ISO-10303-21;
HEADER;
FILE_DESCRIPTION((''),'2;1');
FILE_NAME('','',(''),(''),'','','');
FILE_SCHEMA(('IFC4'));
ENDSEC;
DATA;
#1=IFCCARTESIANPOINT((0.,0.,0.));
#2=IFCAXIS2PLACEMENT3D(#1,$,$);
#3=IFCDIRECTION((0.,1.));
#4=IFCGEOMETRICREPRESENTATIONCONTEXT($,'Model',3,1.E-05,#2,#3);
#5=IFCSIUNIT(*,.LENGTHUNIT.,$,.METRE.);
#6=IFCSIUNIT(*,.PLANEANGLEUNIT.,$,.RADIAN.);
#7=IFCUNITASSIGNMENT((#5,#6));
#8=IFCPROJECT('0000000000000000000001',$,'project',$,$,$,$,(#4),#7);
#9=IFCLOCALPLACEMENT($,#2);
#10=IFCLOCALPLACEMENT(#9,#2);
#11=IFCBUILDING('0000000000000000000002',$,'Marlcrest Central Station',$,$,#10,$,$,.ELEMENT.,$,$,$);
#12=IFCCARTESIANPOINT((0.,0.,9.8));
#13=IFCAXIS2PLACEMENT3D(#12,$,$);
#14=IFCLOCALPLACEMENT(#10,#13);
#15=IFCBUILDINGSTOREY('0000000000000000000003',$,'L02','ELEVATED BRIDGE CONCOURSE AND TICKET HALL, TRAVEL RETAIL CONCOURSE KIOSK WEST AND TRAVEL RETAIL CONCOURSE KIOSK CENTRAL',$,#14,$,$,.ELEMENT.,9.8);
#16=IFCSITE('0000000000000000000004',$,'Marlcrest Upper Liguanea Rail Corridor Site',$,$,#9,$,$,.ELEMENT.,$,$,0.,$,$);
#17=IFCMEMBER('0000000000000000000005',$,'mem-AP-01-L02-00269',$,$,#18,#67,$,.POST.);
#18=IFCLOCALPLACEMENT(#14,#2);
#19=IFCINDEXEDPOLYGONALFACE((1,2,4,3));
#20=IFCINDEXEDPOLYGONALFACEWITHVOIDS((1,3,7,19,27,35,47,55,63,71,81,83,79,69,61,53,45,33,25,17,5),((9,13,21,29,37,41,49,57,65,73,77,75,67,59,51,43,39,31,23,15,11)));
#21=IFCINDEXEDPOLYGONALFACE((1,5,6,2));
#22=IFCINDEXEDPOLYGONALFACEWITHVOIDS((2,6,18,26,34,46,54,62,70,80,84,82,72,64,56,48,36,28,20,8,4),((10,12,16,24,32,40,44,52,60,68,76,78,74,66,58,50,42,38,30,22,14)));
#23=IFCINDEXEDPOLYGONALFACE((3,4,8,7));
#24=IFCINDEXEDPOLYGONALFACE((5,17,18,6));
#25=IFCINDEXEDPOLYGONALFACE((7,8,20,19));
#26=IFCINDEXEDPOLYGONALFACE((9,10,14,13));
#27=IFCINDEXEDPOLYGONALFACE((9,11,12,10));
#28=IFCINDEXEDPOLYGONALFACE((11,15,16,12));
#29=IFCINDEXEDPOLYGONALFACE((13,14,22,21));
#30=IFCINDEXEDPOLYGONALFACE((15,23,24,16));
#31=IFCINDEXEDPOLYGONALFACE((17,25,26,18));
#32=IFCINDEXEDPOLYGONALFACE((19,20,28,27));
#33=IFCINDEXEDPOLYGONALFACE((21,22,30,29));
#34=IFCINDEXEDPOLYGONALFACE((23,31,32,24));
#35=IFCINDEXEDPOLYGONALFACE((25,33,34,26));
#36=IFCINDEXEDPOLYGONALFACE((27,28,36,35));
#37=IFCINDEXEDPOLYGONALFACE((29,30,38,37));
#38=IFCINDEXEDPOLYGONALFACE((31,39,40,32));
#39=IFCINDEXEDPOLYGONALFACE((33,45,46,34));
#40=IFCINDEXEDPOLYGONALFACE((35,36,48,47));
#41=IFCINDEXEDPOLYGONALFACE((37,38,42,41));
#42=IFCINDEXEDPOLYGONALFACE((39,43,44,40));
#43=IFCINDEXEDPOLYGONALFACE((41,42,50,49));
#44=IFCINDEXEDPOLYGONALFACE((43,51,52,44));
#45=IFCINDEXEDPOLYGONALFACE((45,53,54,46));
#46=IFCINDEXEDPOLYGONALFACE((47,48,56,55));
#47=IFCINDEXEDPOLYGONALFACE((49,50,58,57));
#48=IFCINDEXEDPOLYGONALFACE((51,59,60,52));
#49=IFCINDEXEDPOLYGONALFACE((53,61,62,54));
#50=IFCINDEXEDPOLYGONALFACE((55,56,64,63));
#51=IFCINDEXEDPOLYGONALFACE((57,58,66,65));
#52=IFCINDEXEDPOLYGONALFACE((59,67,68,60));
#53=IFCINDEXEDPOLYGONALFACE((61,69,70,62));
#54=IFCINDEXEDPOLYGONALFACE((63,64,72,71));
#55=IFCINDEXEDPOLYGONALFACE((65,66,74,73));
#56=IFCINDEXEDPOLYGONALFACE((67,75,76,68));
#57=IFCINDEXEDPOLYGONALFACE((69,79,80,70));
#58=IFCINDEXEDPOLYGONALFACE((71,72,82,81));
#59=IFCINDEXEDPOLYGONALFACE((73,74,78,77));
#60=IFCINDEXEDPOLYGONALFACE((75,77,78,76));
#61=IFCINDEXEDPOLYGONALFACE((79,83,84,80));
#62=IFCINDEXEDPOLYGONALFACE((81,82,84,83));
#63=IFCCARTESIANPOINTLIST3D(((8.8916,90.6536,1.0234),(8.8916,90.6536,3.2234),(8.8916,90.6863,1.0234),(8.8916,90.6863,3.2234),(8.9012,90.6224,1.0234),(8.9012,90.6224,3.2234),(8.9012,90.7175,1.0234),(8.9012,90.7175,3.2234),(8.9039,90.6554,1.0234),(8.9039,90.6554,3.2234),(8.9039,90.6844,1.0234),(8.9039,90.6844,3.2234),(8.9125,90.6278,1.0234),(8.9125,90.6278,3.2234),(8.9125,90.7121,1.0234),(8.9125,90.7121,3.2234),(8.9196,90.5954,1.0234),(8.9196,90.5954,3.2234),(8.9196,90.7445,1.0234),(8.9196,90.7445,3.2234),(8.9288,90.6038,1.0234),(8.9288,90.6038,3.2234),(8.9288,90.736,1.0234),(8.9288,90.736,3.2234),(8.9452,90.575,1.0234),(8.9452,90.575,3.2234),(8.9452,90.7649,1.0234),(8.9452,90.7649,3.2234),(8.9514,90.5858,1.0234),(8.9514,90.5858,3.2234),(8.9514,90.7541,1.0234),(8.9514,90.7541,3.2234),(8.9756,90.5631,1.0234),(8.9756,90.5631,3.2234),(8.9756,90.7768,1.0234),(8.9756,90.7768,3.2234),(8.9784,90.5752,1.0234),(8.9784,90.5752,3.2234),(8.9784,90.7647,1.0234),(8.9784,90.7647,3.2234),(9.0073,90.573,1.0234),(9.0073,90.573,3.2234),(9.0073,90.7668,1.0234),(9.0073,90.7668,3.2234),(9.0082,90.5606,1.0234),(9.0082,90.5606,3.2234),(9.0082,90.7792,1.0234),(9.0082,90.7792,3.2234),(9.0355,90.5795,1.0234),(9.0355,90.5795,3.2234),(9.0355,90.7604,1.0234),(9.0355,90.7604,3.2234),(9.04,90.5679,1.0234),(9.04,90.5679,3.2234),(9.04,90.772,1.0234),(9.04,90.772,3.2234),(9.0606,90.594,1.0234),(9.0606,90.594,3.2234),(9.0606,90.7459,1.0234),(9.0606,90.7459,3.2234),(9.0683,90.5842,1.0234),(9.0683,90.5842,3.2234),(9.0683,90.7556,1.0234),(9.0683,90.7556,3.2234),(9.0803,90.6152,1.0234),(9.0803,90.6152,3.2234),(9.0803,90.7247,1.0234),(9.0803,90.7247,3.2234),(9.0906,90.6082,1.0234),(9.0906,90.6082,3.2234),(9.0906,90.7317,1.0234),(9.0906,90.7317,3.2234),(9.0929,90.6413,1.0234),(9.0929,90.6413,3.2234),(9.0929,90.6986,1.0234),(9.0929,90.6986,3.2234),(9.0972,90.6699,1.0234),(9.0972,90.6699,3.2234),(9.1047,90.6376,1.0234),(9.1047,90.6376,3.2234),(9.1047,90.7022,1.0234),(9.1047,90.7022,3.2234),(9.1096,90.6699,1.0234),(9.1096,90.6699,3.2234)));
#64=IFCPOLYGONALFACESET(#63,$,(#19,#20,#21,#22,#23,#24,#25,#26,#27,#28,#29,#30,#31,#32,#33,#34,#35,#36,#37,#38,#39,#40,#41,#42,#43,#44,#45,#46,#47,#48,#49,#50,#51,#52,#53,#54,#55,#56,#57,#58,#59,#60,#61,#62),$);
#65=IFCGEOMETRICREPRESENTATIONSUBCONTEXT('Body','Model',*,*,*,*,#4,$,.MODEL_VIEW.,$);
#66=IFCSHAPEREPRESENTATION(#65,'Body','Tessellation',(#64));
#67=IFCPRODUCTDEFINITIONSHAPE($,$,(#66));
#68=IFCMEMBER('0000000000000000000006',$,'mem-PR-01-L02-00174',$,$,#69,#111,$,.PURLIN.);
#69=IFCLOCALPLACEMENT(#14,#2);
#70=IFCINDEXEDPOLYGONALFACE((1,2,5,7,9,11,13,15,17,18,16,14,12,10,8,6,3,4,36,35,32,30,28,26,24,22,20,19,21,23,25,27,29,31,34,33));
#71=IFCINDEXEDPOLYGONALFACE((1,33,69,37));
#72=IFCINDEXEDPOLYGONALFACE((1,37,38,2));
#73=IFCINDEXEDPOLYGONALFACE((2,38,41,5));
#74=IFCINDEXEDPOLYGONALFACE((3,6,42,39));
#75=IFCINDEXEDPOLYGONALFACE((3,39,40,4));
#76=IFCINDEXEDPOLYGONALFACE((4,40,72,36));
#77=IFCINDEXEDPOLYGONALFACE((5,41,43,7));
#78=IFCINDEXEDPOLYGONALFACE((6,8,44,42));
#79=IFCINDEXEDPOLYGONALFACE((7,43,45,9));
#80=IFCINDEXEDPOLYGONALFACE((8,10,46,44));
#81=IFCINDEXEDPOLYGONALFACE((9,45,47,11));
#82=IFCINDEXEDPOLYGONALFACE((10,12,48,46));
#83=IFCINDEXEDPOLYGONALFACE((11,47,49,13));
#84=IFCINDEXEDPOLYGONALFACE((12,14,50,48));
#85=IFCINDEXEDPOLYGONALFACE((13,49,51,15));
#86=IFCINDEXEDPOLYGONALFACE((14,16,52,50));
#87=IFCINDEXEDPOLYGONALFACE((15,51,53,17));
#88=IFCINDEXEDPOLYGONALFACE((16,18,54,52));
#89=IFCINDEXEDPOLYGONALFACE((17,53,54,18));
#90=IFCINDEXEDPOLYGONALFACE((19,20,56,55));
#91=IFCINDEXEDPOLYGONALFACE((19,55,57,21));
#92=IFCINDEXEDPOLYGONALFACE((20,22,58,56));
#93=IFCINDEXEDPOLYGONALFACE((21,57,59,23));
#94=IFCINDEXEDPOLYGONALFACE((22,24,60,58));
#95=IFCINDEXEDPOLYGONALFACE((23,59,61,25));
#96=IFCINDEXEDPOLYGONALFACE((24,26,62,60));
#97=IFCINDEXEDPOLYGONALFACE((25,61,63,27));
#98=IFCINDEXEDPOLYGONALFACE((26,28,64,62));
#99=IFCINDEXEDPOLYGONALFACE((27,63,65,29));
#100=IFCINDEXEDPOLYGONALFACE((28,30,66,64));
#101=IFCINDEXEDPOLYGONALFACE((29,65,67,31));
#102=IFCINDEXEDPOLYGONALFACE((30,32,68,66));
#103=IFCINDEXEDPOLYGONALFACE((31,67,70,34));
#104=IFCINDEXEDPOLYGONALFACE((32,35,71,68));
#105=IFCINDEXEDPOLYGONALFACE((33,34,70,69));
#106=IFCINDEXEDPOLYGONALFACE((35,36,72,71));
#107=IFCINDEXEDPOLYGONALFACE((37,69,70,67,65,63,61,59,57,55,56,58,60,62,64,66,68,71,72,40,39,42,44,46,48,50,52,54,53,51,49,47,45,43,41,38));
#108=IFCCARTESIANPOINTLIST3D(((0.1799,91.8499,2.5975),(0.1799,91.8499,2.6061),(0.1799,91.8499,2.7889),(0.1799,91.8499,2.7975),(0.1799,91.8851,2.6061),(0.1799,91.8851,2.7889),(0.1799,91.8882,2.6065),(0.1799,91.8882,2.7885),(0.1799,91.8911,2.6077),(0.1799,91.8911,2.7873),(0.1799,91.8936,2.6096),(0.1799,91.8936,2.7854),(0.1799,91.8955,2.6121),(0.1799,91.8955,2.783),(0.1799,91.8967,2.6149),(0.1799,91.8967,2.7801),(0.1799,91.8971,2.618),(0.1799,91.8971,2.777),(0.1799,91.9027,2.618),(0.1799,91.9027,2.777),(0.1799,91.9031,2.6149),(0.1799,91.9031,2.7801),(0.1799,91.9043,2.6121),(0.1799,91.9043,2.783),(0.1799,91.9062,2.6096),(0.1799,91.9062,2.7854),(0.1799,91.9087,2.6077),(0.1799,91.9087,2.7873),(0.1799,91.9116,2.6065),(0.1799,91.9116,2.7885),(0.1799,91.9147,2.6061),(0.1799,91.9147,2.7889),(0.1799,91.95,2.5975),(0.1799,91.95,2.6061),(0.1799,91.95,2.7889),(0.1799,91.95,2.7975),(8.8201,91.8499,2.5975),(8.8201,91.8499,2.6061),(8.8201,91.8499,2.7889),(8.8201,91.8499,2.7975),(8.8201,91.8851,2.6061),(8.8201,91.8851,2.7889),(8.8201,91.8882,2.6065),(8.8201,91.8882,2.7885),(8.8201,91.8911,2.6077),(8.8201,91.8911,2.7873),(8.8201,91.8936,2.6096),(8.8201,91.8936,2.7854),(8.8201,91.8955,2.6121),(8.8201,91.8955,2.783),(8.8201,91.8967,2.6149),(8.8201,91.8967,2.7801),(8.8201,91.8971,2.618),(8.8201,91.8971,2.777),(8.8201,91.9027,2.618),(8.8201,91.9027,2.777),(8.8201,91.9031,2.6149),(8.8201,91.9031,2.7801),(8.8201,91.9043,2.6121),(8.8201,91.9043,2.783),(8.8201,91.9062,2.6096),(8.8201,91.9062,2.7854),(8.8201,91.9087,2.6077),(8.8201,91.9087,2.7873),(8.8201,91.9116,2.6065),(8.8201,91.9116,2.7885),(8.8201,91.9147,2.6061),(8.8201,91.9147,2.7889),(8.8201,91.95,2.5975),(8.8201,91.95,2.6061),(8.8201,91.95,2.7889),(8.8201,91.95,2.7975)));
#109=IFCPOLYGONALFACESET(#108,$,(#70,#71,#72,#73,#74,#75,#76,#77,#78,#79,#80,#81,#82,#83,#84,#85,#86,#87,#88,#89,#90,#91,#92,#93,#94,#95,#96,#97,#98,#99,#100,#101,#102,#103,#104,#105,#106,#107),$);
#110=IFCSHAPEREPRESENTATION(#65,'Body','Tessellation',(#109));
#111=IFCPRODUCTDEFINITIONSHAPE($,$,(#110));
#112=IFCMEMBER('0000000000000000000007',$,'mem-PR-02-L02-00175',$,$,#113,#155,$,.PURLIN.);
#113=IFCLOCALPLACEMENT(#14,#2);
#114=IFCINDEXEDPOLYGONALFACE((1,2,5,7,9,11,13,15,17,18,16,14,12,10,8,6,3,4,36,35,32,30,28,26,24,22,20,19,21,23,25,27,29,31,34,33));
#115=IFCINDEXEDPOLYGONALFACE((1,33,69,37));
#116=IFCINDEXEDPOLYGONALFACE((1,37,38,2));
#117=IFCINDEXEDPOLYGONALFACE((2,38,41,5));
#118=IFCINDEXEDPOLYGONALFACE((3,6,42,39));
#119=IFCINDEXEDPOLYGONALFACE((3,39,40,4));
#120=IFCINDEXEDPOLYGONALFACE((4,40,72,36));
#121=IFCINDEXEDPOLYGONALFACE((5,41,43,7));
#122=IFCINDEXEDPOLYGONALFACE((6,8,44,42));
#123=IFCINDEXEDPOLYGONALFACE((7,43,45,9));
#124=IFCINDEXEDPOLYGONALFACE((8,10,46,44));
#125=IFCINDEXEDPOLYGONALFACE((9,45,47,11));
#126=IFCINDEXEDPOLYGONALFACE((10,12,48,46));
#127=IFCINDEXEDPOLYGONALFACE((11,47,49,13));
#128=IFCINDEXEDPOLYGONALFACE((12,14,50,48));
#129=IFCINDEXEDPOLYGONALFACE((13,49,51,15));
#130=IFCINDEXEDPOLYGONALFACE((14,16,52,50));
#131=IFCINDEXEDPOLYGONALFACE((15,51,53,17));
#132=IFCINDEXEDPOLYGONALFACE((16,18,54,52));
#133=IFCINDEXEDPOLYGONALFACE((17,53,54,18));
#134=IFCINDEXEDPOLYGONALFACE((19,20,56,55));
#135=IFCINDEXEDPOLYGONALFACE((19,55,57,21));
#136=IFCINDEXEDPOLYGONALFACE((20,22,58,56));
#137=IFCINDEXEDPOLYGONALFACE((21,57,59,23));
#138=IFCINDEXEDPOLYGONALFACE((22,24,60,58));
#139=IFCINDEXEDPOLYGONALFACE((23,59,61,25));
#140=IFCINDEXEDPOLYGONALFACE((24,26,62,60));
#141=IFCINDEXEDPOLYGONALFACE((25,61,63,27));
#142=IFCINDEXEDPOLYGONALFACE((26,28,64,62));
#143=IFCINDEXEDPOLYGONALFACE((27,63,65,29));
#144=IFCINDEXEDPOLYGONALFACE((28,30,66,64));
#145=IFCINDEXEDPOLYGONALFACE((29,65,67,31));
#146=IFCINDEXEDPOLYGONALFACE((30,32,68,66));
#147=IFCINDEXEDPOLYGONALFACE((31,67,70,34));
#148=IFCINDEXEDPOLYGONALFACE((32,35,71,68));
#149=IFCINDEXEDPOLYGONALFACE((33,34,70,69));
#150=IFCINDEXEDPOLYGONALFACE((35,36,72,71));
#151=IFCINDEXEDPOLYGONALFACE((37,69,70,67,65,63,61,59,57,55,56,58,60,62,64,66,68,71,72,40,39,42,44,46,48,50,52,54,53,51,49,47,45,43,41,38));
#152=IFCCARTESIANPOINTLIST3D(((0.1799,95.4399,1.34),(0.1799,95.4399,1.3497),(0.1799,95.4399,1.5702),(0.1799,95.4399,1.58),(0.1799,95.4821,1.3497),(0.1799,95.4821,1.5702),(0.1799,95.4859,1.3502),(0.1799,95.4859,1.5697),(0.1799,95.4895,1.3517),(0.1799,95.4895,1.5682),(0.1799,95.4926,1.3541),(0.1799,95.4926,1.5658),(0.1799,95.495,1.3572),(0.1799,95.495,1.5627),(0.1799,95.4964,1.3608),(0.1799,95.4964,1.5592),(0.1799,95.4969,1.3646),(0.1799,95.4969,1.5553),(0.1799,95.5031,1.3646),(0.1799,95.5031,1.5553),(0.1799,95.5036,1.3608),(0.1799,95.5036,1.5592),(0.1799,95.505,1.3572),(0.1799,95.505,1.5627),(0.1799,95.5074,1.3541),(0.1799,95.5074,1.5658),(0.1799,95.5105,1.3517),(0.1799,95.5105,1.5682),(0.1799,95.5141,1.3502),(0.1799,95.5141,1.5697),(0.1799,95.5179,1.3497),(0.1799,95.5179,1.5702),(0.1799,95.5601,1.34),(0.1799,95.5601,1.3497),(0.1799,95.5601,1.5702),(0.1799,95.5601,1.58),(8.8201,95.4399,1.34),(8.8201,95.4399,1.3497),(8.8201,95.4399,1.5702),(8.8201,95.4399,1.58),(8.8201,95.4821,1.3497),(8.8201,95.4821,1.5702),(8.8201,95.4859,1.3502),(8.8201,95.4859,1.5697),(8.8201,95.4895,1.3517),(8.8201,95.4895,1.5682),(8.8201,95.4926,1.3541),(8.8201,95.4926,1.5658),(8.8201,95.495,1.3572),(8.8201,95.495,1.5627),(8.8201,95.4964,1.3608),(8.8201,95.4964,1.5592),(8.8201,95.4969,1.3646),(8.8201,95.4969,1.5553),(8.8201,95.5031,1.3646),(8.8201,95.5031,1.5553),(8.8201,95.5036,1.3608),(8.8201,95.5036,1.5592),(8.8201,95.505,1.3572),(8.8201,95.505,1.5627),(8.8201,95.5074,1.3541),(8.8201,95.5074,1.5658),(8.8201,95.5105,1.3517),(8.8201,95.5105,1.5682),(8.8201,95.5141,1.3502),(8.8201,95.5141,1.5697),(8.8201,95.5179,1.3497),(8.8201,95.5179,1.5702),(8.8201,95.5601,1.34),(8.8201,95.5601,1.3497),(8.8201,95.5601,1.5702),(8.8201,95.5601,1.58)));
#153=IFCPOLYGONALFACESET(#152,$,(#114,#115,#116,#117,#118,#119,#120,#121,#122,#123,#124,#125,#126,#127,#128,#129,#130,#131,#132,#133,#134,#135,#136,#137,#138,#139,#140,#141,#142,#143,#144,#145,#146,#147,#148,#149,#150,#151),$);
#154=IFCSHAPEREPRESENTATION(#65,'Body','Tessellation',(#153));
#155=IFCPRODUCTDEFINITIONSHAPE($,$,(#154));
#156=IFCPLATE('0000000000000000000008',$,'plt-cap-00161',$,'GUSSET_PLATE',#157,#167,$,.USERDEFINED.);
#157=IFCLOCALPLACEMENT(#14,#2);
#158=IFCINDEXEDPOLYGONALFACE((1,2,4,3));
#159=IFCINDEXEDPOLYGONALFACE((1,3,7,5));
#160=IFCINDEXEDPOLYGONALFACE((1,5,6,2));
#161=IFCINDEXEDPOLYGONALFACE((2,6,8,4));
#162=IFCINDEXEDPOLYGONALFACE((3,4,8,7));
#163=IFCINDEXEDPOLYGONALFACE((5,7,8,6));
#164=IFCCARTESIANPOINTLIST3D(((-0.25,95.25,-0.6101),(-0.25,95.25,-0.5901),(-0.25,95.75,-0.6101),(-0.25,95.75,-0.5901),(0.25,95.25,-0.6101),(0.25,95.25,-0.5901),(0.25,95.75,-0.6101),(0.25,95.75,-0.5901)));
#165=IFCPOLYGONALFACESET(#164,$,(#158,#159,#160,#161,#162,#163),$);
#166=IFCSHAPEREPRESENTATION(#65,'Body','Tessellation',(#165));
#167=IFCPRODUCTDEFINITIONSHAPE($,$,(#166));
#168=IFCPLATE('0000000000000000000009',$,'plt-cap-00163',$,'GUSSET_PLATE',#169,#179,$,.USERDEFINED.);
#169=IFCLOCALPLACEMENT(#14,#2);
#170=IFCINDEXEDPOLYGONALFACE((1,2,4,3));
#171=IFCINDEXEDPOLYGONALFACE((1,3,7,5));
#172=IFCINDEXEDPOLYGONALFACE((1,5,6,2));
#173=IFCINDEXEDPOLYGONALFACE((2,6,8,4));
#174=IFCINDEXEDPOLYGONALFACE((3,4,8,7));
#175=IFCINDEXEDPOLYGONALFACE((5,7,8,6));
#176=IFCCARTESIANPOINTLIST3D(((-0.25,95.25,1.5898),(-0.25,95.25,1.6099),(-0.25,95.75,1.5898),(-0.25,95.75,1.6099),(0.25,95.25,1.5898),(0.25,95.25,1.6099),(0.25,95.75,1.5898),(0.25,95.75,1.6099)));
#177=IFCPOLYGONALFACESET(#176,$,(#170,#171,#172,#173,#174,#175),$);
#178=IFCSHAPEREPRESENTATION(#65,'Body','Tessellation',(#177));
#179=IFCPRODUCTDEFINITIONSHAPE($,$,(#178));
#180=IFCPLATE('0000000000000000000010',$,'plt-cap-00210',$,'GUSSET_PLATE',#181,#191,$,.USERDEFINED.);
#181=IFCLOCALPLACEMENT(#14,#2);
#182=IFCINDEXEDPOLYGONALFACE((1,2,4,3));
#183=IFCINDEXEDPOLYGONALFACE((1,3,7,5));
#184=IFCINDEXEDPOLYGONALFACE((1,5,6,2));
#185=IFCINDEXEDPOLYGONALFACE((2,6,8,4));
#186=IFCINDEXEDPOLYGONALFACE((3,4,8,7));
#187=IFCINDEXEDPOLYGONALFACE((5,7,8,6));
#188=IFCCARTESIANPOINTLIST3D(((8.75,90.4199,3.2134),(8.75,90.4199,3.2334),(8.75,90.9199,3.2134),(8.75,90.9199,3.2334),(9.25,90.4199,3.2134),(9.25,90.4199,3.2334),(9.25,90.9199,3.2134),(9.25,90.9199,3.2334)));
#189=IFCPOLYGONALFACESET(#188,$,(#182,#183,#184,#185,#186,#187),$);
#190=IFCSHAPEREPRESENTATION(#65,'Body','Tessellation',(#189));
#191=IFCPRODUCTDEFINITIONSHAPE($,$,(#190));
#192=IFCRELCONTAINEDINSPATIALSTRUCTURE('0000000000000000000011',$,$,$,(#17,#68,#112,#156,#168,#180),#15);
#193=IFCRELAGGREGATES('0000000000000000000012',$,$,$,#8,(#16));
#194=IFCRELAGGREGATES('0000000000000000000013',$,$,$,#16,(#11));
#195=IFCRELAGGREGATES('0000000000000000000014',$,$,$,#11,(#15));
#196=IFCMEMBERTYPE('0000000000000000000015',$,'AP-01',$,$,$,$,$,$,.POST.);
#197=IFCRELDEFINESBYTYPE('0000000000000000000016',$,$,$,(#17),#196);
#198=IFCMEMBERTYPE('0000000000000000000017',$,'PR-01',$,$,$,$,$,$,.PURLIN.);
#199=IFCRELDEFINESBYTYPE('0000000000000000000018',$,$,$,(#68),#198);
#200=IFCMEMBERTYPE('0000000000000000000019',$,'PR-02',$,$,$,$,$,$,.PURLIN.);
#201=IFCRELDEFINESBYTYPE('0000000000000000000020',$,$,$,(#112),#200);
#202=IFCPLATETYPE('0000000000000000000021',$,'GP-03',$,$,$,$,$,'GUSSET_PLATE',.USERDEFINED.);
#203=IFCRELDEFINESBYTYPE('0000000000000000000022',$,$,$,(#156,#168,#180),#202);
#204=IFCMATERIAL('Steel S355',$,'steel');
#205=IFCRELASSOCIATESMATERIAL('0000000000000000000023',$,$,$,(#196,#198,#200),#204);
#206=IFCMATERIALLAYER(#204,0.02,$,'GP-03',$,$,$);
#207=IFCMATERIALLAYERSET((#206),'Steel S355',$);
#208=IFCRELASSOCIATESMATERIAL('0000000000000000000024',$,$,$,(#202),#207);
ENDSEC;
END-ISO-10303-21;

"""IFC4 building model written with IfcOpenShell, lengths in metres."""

from ifc_helpers import new_model, si_unit, direction, frame, origin, origin_2d, place, context, subcontext, project, spatial, rectangle, hollow_circle, i_section, extrude, material, layer, layer_set, material_profile, profile_set, type_object, element, save


model = new_model("IFC4")

# Units and contexts
model_context = context("Model", 3, precision=1e-05, world=origin(), true_north=direction((0.0, 1.0)))
body_context = subcontext(model_context, "Body", "Model", "MODEL_VIEW")
ifc_project = project(units=[si_unit("LENGTHUNIT", "METRE"), si_unit("PLANEANGLEUNIT", "RADIAN")], contexts=[model_context])

# Site, building, storey
site_placement = place(None, origin())
site = spatial("IfcSite", under=ifc_project, at=site_placement, Name="Marlcrest Upper Liguanea Rail Corridor Site", CompositionType="ELEMENT", RefElevation=0.0)
building_placement = place(site_placement, origin())
building = spatial("IfcBuilding", under=site, at=building_placement, Name="Marlcrest Central Station", CompositionType="ELEMENT")
storey_placement = place(building_placement, frame((0.0, 0.0, 9.8)))
storey = spatial("IfcBuildingStorey", under=building, at=storey_placement, Name="L02", Description="ELEVATED BRIDGE CONCOURSE AND TICKET HALL, TRAVEL RETAIL CONCOURSE KIOSK WEST AND TRAVEL RETAIL CONCOURSE KIOSK CENTRAL", CompositionType="ELEMENT", Elevation=9.8)

# Members
ifc_material_1 = material(Name="Steel S355", Category="steel")
ifc_material_profile_1 = material_profile(ifc_material_1, hollow_circle(Radius=0.1096, WallThickness=0.0125, at=origin_2d()), Name="CHS 219.1x12.5")
ifc_profile_set_1 = profile_set([ifc_material_profile_1], Name="Steel S355")
member_type_1 = type_object("IfcMemberType", Name="AP-01", PredefinedType="POST", material=ifc_profile_set_1)
for number, where, z_axis, x_axis, name in (
    (1, (9.0, 90.6699, 1.0234), (0.0, 0.0, 1.0), (1.0, 0.0, 0.0), "mem-AP-01-L02-00269"),
):
    element("IfcMember", number, at=place(storey_placement, frame(where, z_axis=z_axis, x_axis=x_axis)), inside=storey, type_object=member_type_1, Name=name, PredefinedType="POST", context=body_context, shape_type="SweptSolid", body=[
        extrude(hollow_circle(Radius=0.1096, WallThickness=0.0125, at=origin_2d()), origin(), (0.0, 0.0, 1.0), 2.2),
    ])
ifc_material_profile_2 = material_profile(ifc_material_1, i_section(OverallWidth=0.1001, OverallDepth=0.2, WebThickness=0.0056, FlangeThickness=0.0085, FilletRadius=0.012, at=origin_2d()), Name="IPE 200")
ifc_profile_set_2 = profile_set([ifc_material_profile_2], Name="Steel S355")
member_type_2 = type_object("IfcMemberType", Name="PR-01", PredefinedType="PURLIN", material=ifc_profile_set_2)
member_1_placement = place(storey_placement, frame((0.1799, 91.8999, 2.6975), z_axis=(1.0, 0.0, 0.0), x_axis=(0.0, 1.0, 0.0)))
element("IfcMember", 2, at=member_1_placement, inside=storey, type_object=member_type_2, Name="mem-PR-01-L02-00174", PredefinedType="PURLIN", context=body_context, shape_type="SweptSolid", body=[
    extrude(i_section(OverallWidth=0.1001, OverallDepth=0.2, WebThickness=0.0056, FlangeThickness=0.0085, FilletRadius=0.012, at=origin_2d()), origin(), (0.0, 0.0, 1.0), 8.6401),
])
ifc_material_profile_3 = material_profile(ifc_material_1, i_section(OverallWidth=0.1201, OverallDepth=0.24, WebThickness=0.0061, FlangeThickness=0.0098, FilletRadius=0.0149, at=origin_2d()), Name="IPE 240")
ifc_profile_set_3 = profile_set([ifc_material_profile_3], Name="Steel S355")
member_type_3 = type_object("IfcMemberType", Name="PR-02", PredefinedType="PURLIN", material=ifc_profile_set_3)
member_2_placement = place(storey_placement, frame((0.1799, 95.5, 1.46), z_axis=(1.0, 0.0, 0.0), x_axis=(0.0, 1.0, 0.0)))
element("IfcMember", 3, at=member_2_placement, inside=storey, type_object=member_type_3, Name="mem-PR-02-L02-00175", PredefinedType="PURLIN", context=body_context, shape_type="SweptSolid", body=[
    extrude(i_section(OverallWidth=0.1201, OverallDepth=0.24, WebThickness=0.0061, FlangeThickness=0.0098, FilletRadius=0.0149, at=origin_2d()), origin(), (0.0, 0.0, 1.0), 8.6401),
])

# Plates
ifc_layer_1 = layer(ifc_material_1, 0.02, Name="GP-03")
ifc_layer_set_1 = layer_set([ifc_layer_1], Name="Steel S355")
plate_type = type_object("IfcPlateType", Name="GP-03", ElementType="GUSSET_PLATE", PredefinedType="USERDEFINED", material=ifc_layer_set_1)
for number, where, z_axis, x_axis, name in (
    (4, (0.0, 95.5, -0.6101), (0.0, 0.0, 1.0), (1.0, 0.0, 0.0), "plt-cap-00161"),
    (5, (0.0, 95.5, 1.5898), (0.0, 0.0, 1.0), (1.0, 0.0, 0.0), "plt-cap-00163"),
    (6, (9.0, 90.6699, 3.2134), (0.0, 0.0, 1.0), (1.0, 0.0, 0.0), "plt-cap-00210"),
):
    element("IfcPlate", number, at=place(storey_placement, frame(where, z_axis=z_axis, x_axis=x_axis)), inside=storey, type_object=plate_type, Name=name, ObjectType="GUSSET_PLATE", PredefinedType="USERDEFINED", context=body_context, shape_type="SweptSolid", body=[
        extrude(rectangle(XDim=0.5, YDim=0.5, at=origin_2d()), origin(), (0.0, 0.0, 1.0), 0.02),
    ])

save(model, "model.ifc")
